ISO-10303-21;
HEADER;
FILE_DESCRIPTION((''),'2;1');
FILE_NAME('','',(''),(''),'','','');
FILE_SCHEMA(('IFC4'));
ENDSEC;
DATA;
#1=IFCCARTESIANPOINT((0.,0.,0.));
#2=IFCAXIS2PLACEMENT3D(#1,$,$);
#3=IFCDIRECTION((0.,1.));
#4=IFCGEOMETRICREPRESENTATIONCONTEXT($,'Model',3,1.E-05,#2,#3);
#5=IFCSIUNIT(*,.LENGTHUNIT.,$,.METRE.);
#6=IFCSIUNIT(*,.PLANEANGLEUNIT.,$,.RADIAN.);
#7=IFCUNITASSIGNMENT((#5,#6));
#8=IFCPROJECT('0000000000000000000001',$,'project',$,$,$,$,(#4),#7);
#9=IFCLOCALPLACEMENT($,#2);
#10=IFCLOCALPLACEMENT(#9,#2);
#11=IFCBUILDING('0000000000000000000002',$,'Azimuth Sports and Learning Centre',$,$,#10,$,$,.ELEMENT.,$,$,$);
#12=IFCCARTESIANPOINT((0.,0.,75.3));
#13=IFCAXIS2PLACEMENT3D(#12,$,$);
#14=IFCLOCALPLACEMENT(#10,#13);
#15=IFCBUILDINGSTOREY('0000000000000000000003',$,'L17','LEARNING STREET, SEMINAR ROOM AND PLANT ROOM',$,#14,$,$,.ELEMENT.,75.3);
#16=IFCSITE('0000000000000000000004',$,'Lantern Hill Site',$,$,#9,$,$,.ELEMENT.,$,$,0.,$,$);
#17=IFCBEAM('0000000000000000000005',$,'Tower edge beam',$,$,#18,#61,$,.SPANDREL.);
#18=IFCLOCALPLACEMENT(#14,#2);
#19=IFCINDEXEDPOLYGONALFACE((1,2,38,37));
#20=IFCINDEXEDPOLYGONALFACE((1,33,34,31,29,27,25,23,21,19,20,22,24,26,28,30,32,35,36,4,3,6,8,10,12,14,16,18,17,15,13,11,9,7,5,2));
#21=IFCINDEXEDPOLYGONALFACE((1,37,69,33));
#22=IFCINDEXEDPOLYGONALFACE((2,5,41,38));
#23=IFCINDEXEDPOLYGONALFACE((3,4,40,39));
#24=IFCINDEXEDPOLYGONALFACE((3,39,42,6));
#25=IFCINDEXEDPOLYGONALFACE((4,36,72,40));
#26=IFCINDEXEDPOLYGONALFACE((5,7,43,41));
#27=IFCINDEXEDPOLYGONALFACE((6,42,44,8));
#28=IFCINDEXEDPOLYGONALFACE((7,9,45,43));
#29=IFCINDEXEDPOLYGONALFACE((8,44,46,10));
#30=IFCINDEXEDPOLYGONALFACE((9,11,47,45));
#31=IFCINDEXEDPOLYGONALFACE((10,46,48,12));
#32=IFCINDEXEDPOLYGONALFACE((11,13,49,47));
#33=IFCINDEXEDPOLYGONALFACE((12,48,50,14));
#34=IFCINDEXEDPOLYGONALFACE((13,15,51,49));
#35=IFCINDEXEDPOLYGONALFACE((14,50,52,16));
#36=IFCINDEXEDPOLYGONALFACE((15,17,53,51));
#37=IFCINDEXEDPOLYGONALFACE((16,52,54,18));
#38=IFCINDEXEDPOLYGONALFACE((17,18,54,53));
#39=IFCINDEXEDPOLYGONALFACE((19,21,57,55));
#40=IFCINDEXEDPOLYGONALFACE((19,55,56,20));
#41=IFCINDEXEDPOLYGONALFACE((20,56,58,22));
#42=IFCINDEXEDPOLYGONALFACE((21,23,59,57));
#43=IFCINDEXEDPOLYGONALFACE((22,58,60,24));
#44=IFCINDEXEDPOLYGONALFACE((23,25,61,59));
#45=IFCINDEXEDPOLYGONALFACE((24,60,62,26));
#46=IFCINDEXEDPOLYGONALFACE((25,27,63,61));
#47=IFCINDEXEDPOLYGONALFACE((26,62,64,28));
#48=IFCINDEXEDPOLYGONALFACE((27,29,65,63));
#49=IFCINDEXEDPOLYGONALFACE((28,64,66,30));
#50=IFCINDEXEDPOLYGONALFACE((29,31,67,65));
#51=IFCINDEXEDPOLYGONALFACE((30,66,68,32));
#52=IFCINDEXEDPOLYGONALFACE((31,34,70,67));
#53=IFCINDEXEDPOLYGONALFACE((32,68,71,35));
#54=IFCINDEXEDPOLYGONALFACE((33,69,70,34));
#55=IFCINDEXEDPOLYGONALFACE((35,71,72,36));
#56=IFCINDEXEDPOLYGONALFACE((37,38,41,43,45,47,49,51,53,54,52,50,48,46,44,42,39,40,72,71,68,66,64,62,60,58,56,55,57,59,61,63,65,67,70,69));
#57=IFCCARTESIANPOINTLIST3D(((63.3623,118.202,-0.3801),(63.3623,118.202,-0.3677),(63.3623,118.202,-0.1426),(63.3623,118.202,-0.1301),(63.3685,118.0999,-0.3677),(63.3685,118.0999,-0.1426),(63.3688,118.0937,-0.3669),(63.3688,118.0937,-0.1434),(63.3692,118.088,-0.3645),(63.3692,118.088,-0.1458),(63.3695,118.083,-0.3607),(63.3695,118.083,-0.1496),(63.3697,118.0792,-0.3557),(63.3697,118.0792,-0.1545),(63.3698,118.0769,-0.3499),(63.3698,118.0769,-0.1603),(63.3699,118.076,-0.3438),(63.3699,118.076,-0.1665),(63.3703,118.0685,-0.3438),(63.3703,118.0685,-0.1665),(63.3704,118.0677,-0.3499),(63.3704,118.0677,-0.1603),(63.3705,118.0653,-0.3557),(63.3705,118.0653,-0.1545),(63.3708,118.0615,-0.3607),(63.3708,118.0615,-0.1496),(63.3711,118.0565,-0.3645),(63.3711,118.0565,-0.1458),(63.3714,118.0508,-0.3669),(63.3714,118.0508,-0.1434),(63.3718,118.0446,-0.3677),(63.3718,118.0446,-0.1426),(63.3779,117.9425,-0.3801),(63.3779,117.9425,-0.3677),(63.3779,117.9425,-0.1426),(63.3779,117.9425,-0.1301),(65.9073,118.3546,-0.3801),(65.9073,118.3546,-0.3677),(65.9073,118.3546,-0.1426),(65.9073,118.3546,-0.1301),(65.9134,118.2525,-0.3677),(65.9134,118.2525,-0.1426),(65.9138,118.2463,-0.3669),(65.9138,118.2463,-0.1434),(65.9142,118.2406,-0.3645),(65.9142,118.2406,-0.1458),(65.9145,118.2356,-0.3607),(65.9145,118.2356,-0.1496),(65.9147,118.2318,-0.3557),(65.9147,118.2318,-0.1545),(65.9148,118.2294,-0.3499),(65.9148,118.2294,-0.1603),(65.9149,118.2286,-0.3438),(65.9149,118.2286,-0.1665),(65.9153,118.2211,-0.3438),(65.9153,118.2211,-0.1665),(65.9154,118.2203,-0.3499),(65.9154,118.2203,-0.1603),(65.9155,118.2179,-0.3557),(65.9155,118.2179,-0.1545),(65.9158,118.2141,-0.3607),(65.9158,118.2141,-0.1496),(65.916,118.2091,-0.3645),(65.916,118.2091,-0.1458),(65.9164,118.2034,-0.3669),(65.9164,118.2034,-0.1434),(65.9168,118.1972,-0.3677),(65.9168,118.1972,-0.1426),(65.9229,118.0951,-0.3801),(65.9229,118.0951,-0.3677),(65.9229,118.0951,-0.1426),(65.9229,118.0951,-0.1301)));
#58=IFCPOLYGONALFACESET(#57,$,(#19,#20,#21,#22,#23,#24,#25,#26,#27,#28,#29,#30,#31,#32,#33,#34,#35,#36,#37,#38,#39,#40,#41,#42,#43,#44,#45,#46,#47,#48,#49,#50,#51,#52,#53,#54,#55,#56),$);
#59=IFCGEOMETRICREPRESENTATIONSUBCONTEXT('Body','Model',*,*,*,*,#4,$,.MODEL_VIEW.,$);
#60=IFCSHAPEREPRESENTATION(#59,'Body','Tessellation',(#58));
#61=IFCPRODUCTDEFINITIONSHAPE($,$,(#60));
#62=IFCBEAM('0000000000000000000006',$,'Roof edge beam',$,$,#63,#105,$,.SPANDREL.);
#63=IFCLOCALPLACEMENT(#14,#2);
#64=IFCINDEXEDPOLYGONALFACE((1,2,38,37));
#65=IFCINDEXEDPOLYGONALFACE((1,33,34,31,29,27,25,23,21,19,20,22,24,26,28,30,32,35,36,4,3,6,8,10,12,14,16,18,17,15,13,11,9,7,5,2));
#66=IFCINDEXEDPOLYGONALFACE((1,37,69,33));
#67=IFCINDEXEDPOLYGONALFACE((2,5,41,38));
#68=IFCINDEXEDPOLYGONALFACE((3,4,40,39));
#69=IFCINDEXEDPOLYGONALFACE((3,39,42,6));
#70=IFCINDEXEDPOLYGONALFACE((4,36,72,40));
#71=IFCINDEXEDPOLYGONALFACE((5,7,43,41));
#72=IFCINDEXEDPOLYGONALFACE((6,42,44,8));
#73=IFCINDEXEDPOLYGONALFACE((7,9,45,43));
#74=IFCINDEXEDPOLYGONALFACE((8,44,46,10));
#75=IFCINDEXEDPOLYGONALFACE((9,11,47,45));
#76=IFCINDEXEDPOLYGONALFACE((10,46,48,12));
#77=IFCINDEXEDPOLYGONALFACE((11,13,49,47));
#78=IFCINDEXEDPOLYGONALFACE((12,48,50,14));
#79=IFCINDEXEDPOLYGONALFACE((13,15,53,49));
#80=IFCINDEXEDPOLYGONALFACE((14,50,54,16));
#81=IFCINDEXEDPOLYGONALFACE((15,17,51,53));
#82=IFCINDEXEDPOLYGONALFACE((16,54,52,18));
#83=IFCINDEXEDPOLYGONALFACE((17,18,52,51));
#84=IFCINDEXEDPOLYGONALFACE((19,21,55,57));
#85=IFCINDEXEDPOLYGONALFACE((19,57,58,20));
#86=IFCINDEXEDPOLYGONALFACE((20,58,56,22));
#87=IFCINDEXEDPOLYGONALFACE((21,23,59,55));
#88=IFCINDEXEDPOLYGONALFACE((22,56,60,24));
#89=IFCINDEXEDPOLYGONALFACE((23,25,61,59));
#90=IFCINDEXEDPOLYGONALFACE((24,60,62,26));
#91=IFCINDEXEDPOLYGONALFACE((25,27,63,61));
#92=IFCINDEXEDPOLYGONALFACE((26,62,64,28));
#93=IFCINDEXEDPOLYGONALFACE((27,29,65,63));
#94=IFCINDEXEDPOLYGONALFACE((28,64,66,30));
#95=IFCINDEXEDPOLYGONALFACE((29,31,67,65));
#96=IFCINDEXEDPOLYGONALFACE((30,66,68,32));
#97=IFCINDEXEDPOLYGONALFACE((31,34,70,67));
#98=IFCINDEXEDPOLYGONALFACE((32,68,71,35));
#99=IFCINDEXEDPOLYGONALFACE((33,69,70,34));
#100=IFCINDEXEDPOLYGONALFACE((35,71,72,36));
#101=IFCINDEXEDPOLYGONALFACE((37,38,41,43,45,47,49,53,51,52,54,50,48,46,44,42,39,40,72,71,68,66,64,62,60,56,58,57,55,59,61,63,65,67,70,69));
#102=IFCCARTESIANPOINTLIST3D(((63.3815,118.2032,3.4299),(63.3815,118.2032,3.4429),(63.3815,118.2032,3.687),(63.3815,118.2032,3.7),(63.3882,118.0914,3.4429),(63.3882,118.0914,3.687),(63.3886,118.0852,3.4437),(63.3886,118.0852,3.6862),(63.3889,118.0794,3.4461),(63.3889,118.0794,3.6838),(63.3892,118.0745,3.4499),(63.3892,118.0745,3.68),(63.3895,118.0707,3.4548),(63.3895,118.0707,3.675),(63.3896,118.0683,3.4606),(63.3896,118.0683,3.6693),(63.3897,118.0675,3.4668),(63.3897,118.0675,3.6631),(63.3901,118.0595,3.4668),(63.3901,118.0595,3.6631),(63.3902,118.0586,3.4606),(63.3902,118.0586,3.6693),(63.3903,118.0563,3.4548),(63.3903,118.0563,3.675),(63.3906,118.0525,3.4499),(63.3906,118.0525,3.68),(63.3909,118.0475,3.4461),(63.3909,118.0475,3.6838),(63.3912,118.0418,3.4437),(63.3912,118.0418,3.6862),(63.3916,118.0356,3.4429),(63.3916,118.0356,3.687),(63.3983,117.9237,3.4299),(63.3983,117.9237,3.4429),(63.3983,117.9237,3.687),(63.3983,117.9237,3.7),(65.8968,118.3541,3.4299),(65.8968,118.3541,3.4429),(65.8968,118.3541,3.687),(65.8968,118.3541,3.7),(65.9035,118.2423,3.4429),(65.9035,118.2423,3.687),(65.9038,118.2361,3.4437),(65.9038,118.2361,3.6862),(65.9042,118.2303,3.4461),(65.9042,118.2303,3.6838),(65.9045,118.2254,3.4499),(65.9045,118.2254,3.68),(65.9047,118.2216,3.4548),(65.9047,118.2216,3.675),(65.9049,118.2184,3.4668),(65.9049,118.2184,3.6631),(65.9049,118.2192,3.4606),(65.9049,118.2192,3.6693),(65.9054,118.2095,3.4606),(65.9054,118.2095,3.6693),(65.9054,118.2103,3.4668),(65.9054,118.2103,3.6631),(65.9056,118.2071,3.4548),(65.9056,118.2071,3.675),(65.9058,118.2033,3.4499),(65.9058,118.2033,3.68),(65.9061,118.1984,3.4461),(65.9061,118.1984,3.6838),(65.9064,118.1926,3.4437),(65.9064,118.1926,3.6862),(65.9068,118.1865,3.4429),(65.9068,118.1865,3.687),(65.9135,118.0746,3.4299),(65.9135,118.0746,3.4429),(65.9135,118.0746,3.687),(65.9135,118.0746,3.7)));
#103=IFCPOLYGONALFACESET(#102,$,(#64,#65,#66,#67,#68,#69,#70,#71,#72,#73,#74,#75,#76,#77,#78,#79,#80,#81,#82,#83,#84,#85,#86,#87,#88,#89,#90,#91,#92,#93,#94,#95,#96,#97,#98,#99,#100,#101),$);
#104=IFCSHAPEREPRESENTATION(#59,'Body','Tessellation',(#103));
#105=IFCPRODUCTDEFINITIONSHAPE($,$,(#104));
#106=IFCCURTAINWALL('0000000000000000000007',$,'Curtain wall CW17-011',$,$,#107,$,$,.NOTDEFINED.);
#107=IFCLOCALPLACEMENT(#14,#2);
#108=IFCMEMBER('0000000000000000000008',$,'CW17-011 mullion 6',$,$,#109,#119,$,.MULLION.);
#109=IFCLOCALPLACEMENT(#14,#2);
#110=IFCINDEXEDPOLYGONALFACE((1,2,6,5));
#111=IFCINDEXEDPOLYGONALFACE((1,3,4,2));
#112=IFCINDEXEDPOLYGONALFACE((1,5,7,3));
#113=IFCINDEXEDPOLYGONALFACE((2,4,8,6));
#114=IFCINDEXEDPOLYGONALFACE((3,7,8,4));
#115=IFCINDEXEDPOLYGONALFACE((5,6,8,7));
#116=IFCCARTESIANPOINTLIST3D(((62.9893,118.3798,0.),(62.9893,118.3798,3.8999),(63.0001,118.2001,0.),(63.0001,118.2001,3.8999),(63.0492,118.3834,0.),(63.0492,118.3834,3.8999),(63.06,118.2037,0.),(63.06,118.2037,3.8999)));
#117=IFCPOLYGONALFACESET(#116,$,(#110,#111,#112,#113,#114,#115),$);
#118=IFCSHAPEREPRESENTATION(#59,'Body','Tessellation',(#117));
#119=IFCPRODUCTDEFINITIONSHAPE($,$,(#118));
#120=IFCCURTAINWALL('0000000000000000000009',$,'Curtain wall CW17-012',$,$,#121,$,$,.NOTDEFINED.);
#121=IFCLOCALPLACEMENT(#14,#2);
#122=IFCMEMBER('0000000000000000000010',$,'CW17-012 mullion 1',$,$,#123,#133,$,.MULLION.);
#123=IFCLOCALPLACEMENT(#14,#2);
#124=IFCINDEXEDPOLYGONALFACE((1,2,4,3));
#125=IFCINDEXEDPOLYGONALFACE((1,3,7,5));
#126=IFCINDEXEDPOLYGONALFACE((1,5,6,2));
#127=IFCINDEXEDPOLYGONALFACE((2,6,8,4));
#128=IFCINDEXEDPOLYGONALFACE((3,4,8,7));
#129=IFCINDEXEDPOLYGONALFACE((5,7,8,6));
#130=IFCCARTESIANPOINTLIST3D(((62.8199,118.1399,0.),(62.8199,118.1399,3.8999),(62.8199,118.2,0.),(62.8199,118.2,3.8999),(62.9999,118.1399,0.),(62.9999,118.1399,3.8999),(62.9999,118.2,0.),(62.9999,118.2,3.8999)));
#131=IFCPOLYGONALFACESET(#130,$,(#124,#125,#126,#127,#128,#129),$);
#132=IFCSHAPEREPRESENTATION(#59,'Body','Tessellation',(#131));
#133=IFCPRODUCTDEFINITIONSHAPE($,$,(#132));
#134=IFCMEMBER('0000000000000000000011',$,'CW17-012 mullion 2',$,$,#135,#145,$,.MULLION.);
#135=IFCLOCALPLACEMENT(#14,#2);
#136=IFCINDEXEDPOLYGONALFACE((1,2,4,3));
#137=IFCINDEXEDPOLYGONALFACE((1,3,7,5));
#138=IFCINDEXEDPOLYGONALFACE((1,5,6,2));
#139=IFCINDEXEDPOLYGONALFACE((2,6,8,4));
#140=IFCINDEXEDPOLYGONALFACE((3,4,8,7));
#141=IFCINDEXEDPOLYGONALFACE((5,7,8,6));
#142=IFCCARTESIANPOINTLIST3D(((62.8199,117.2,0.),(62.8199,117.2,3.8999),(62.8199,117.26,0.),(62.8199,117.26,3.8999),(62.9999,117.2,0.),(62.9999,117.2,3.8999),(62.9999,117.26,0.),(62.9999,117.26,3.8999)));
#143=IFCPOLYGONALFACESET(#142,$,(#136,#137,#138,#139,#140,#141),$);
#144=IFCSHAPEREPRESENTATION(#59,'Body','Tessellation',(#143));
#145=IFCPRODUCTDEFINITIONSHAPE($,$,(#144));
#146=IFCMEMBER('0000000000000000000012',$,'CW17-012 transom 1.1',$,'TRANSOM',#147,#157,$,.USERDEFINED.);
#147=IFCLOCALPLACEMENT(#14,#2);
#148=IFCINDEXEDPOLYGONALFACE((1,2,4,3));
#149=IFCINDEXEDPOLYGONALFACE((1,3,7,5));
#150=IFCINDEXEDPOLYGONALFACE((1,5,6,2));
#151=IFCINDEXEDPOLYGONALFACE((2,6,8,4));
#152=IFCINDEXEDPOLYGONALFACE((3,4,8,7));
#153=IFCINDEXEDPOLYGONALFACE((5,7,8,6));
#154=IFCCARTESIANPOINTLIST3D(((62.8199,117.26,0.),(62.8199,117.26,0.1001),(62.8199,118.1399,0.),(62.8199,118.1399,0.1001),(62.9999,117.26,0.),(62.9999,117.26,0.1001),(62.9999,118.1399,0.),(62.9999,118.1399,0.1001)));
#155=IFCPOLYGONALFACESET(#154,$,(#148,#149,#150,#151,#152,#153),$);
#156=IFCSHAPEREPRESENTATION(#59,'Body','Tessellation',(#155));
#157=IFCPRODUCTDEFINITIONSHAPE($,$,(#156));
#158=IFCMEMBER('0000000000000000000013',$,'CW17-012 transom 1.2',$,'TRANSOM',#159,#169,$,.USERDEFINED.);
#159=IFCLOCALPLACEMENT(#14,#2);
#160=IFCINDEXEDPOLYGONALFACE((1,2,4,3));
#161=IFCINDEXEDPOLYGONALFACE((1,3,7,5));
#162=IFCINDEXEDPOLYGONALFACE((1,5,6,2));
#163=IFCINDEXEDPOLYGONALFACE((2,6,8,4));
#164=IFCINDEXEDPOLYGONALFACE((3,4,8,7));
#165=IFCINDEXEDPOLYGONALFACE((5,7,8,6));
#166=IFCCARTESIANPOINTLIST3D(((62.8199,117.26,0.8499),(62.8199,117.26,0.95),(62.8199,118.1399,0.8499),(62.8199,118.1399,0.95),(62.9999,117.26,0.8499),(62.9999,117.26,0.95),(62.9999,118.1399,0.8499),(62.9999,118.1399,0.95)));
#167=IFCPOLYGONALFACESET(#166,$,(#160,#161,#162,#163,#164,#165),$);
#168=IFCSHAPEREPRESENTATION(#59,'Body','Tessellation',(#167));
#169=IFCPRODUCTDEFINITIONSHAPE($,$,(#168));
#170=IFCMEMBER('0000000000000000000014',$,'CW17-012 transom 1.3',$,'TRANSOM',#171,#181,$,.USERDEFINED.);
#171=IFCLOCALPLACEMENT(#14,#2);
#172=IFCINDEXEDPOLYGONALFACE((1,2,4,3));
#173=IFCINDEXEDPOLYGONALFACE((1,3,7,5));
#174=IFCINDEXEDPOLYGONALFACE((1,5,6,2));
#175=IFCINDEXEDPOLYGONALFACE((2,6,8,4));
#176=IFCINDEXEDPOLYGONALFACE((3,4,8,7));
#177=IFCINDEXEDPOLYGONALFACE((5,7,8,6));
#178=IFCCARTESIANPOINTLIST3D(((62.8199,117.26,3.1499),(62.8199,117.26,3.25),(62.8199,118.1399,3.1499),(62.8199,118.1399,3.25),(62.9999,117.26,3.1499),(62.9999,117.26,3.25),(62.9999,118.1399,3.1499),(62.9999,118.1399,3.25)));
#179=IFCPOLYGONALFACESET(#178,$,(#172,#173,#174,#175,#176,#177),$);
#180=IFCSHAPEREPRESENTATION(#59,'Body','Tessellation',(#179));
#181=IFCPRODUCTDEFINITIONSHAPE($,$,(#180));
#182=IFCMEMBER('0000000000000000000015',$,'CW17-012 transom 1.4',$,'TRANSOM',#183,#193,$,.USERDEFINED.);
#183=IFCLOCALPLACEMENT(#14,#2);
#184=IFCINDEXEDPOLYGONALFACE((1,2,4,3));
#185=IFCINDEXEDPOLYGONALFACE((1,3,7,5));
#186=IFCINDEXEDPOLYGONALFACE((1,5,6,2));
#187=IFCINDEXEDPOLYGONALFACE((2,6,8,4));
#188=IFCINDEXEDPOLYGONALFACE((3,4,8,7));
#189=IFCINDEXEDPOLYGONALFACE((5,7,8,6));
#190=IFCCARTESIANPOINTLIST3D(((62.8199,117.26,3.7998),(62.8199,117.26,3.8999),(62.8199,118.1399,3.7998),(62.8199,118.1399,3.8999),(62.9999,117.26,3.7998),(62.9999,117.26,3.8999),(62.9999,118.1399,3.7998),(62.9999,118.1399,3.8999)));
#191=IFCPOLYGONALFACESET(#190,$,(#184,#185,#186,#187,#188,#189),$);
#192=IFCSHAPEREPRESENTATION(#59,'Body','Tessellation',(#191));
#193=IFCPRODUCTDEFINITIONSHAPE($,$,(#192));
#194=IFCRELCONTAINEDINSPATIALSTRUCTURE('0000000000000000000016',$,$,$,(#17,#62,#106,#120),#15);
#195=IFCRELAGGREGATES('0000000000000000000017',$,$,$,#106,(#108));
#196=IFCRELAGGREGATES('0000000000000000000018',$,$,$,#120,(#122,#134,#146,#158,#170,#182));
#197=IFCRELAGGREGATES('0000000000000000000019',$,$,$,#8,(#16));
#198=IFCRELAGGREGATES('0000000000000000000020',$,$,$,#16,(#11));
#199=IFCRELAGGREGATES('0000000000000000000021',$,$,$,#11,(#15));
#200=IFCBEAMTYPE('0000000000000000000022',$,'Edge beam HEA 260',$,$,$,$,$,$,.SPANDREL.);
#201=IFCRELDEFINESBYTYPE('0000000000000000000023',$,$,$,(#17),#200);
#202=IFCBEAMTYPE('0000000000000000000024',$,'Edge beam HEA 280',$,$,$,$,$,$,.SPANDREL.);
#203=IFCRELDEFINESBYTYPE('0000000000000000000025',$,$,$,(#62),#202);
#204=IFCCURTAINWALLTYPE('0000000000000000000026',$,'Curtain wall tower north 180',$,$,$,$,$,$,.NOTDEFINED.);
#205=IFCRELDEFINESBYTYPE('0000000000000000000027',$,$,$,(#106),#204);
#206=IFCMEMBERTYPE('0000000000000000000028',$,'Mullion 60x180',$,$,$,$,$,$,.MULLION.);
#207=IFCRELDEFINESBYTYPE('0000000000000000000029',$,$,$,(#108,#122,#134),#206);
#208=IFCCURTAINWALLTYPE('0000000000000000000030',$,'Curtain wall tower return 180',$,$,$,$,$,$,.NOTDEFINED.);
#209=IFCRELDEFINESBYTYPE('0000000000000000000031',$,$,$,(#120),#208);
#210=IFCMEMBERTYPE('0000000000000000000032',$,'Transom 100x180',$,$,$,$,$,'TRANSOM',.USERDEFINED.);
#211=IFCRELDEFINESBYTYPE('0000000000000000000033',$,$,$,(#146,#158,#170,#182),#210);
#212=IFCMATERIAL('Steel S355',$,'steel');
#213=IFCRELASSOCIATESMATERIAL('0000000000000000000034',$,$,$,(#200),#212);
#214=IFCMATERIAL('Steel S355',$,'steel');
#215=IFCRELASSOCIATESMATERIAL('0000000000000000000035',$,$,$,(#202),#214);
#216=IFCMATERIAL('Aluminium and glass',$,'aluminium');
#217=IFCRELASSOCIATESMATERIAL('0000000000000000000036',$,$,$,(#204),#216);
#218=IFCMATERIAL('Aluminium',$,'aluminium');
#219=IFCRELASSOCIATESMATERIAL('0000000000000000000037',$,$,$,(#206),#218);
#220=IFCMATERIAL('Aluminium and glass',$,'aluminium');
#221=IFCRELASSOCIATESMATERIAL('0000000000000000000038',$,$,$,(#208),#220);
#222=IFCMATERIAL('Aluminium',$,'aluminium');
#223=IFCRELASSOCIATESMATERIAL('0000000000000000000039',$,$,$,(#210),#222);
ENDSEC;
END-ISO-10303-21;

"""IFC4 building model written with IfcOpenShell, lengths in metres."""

from ifc_helpers import new_model, si_unit, direction, frame, origin, origin_2d, place, context, subcontext, project, spatial, rectangle, i_section, extrude, material, material_profile, profile_set, type_object, element, aggregate, save


model = new_model("IFC4")

# Units and contexts
model_context = context("Model", 3, precision=1e-05, world=origin(), true_north=direction((0.0, 1.0)))
body_context = subcontext(model_context, "Body", "Model", "MODEL_VIEW")
ifc_project = project(units=[si_unit("LENGTHUNIT", "METRE"), si_unit("PLANEANGLEUNIT", "RADIAN")], contexts=[model_context])

# Site, building, storey
site_placement = place(None, origin())
site = spatial("IfcSite", under=ifc_project, at=site_placement, Name="Lantern Hill Site", CompositionType="ELEMENT", RefElevation=0.0)
building_placement = place(site_placement, origin())
building = spatial("IfcBuilding", under=site, at=building_placement, Name="Azimuth Sports and Learning Centre", CompositionType="ELEMENT")
storey_placement = place(building_placement, frame((0.0, 0.0, 75.3)))
storey = spatial("IfcBuildingStorey", under=building, at=storey_placement, Name="L17", Description="LEARNING STREET, SEMINAR ROOM AND PLANT ROOM", CompositionType="ELEMENT", Elevation=75.3)

# Beams
ifc_material_1 = material(Name="Steel S355", Category="steel")
ifc_material_profile_1 = material_profile(ifc_material_1, i_section(OverallWidth=0.26, OverallDepth=0.25, WebThickness=0.0076, FlangeThickness=0.0125, FilletRadius=0.0239, at=origin_2d()), Name="HEA 260")
ifc_profile_set_1 = profile_set([ifc_material_profile_1], Name="Steel S355")
beam_type_1 = type_object("IfcBeamType", Name="Edge beam HEA 260", PredefinedType="SPANDREL", material=ifc_profile_set_1)
beam_1_placement = place(storey_placement, frame((63.3701, 118.0723, -0.2551), z_axis=(0.998207, 0.05985, 0.0), x_axis=(-0.05985, 0.998207, 0.0)))
element("IfcBeam", 1, at=beam_1_placement, inside=storey, type_object=beam_type_1, Name="Tower edge beam", PredefinedType="SPANDREL", context=body_context, shape_type="SweptSolid", body=[
    extrude(i_section(OverallWidth=0.26, OverallDepth=0.25, WebThickness=0.0076, FlangeThickness=0.0125, FilletRadius=0.0239, at=origin_2d()), origin(), (0.0, 0.0, 1.0), 2.5496),
])
ifc_material_2 = material(Name="Steel S355", Category="steel")
ifc_material_profile_2 = material_profile(ifc_material_2, i_section(OverallWidth=0.28, OverallDepth=0.27, WebThickness=0.0081, FlangeThickness=0.0129, FilletRadius=0.0239, at=origin_2d()), Name="HEA 280")
ifc_profile_set_2 = profile_set([ifc_material_profile_2], Name="Steel S355")
beam_type_2 = type_object("IfcBeamType", Name="Edge beam HEA 280", PredefinedType="SPANDREL", material=ifc_profile_set_2)
beam_2_placement = place(storey_placement, frame((63.3899, 118.0635, 3.5649), z_axis=(0.998206, 0.059881, 0.0), x_axis=(-0.059881, 0.998206, 0.0)))
element("IfcBeam", 2, at=beam_2_placement, inside=storey, type_object=beam_type_2, Name="Roof edge beam", PredefinedType="SPANDREL", context=body_context, shape_type="SweptSolid", body=[
    extrude(i_section(OverallWidth=0.28, OverallDepth=0.27, WebThickness=0.0081, FlangeThickness=0.0129, FilletRadius=0.0239, at=origin_2d()), origin(), (0.0, 0.0, 1.0), 2.5198),
])

# Curtain wall, member
ifc_material_3 = material(Name="Aluminium and glass", Category="aluminium")
curtain_wall_type_1 = type_object("IfcCurtainWallType", Name="Curtain wall tower north 180", PredefinedType="NOTDEFINED", material=ifc_material_3)
curtain_wall_1_placement = place(storey_placement, origin())
curtain_wall_1 = element("IfcCurtainWall", 3, at=curtain_wall_1_placement, inside=storey, type_object=curtain_wall_type_1, Name="Curtain wall CW17-011", PredefinedType="NOTDEFINED")
ifc_material_4 = material(Name="Aluminium", Category="aluminium")
ifc_material_profile_3 = material_profile(ifc_material_4, rectangle(XDim=0.1799, YDim=0.0601, at=origin_2d()), Name="Mullion 60x180")
ifc_profile_set_3 = profile_set([ifc_material_profile_3], Name="Aluminium")
member_type_1 = type_object("IfcMemberType", Name="Mullion 60x180", PredefinedType="MULLION", material=ifc_profile_set_3)
member_1_placement = place(storey_placement, frame((63.0247, 118.2917, 0.0), z_axis=(0.0, 0.0, 1.0), x_axis=(0.059892, -0.998205, 0.0)))
member_1 = element("IfcMember", 4, at=member_1_placement, type_object=member_type_1, Name="CW17-011 mullion 6", PredefinedType="MULLION", context=body_context, shape_type="SweptSolid", body=[
    extrude(rectangle(XDim=0.1799, YDim=0.0601, at=origin_2d()), origin(), (0.0, 0.0, 1.0), 3.8999),
])
aggregate(curtain_wall_1, [member_1])

# Curtain wall, members
ifc_material_5 = material(Name="Aluminium and glass", Category="aluminium")
curtain_wall_type_2 = type_object("IfcCurtainWallType", Name="Curtain wall tower return 180", PredefinedType="NOTDEFINED", material=ifc_material_5)
curtain_wall_2_placement = place(storey_placement, origin())
curtain_wall_2 = element("IfcCurtainWall", 5, at=curtain_wall_2_placement, inside=storey, type_object=curtain_wall_type_2, Name="Curtain wall CW17-012", PredefinedType="NOTDEFINED")
member_2_placement = place(storey_placement, frame((62.9099, 118.1699, 0.0), z_axis=(0.0, 0.0, 1.0), x_axis=(1.0, 0.0, 0.0)))
member_2 = element("IfcMember", 6, at=member_2_placement, type_object=member_type_1, Name="CW17-012 mullion 1", PredefinedType="MULLION", context=body_context, shape_type="SweptSolid", body=[
    extrude(rectangle(XDim=0.1799, YDim=0.0601, at=origin_2d()), origin(), (0.0, 0.0, 1.0), 3.8999),
])
member_3_placement = place(storey_placement, frame((62.9099, 117.23, 0.0), z_axis=(0.0, 0.0, 1.0), x_axis=(1.0, 0.0, 0.0)))
member_3 = element("IfcMember", 7, at=member_3_placement, type_object=member_type_1, Name="CW17-012 mullion 2", PredefinedType="MULLION", context=body_context, shape_type="SweptSolid", body=[
    extrude(rectangle(XDim=0.1799, YDim=0.0601, at=origin_2d()), origin(), (0.0, 0.0, 1.0), 3.8999),
])
ifc_material_6 = material(Name="Aluminium", Category="aluminium")
ifc_material_profile_4 = material_profile(ifc_material_6, rectangle(XDim=0.1799, YDim=0.1001, at=origin_2d()), Name="Transom 100x180")
ifc_profile_set_4 = profile_set([ifc_material_profile_4], Name="Aluminium")
member_type_2 = type_object("IfcMemberType", Name="Transom 100x180", ElementType="TRANSOM", PredefinedType="USERDEFINED", material=ifc_profile_set_4)
member_4_placement = place(storey_placement, frame((62.9099, 118.1399, 0.05), z_axis=(0.0, -1.0, 0.0), x_axis=(1.0, 0.0, 0.0)))
member_4 = element("IfcMember", 8, at=member_4_placement, type_object=member_type_2, Name="CW17-012 transom 1.1", ObjectType="TRANSOM", PredefinedType="USERDEFINED", context=body_context, shape_type="SweptSolid", body=[
    extrude(rectangle(XDim=0.1799, YDim=0.1001, at=origin_2d()), origin(), (0.0, 0.0, 1.0), 0.8799),
])
member_5_placement = place(storey_placement, frame((62.9099, 118.1399, 0.8999), z_axis=(0.0, -1.0, 0.0), x_axis=(1.0, 0.0, 0.0)))
member_5 = element("IfcMember", 9, at=member_5_placement, type_object=member_type_2, Name="CW17-012 transom 1.2", ObjectType="TRANSOM", PredefinedType="USERDEFINED", context=body_context, shape_type="SweptSolid", body=[
    extrude(rectangle(XDim=0.1799, YDim=0.1001, at=origin_2d()), origin(), (0.0, 0.0, 1.0), 0.8799),
])
member_6_placement = place(storey_placement, frame((62.9099, 118.1399, 3.2), z_axis=(0.0, -1.0, 0.0), x_axis=(1.0, 0.0, 0.0)))
member_6 = element("IfcMember", 10, at=member_6_placement, type_object=member_type_2, Name="CW17-012 transom 1.3", ObjectType="TRANSOM", PredefinedType="USERDEFINED", context=body_context, shape_type="SweptSolid", body=[
    extrude(rectangle(XDim=0.1799, YDim=0.1001, at=origin_2d()), origin(), (0.0, 0.0, 1.0), 0.8799),
])
member_7_placement = place(storey_placement, frame((62.9099, 118.1399, 3.8499), z_axis=(0.0, -1.0, 0.0), x_axis=(1.0, 0.0, 0.0)))
member_7 = element("IfcMember", 11, at=member_7_placement, type_object=member_type_2, Name="CW17-012 transom 1.4", ObjectType="TRANSOM", PredefinedType="USERDEFINED", context=body_context, shape_type="SweptSolid", body=[
    extrude(rectangle(XDim=0.1799, YDim=0.1001, at=origin_2d()), origin(), (0.0, 0.0, 1.0), 0.8799),
])
aggregate(curtain_wall_2, [member_2, member_3, member_4, member_5, member_6, member_7])

save(model, "model.ifc")
